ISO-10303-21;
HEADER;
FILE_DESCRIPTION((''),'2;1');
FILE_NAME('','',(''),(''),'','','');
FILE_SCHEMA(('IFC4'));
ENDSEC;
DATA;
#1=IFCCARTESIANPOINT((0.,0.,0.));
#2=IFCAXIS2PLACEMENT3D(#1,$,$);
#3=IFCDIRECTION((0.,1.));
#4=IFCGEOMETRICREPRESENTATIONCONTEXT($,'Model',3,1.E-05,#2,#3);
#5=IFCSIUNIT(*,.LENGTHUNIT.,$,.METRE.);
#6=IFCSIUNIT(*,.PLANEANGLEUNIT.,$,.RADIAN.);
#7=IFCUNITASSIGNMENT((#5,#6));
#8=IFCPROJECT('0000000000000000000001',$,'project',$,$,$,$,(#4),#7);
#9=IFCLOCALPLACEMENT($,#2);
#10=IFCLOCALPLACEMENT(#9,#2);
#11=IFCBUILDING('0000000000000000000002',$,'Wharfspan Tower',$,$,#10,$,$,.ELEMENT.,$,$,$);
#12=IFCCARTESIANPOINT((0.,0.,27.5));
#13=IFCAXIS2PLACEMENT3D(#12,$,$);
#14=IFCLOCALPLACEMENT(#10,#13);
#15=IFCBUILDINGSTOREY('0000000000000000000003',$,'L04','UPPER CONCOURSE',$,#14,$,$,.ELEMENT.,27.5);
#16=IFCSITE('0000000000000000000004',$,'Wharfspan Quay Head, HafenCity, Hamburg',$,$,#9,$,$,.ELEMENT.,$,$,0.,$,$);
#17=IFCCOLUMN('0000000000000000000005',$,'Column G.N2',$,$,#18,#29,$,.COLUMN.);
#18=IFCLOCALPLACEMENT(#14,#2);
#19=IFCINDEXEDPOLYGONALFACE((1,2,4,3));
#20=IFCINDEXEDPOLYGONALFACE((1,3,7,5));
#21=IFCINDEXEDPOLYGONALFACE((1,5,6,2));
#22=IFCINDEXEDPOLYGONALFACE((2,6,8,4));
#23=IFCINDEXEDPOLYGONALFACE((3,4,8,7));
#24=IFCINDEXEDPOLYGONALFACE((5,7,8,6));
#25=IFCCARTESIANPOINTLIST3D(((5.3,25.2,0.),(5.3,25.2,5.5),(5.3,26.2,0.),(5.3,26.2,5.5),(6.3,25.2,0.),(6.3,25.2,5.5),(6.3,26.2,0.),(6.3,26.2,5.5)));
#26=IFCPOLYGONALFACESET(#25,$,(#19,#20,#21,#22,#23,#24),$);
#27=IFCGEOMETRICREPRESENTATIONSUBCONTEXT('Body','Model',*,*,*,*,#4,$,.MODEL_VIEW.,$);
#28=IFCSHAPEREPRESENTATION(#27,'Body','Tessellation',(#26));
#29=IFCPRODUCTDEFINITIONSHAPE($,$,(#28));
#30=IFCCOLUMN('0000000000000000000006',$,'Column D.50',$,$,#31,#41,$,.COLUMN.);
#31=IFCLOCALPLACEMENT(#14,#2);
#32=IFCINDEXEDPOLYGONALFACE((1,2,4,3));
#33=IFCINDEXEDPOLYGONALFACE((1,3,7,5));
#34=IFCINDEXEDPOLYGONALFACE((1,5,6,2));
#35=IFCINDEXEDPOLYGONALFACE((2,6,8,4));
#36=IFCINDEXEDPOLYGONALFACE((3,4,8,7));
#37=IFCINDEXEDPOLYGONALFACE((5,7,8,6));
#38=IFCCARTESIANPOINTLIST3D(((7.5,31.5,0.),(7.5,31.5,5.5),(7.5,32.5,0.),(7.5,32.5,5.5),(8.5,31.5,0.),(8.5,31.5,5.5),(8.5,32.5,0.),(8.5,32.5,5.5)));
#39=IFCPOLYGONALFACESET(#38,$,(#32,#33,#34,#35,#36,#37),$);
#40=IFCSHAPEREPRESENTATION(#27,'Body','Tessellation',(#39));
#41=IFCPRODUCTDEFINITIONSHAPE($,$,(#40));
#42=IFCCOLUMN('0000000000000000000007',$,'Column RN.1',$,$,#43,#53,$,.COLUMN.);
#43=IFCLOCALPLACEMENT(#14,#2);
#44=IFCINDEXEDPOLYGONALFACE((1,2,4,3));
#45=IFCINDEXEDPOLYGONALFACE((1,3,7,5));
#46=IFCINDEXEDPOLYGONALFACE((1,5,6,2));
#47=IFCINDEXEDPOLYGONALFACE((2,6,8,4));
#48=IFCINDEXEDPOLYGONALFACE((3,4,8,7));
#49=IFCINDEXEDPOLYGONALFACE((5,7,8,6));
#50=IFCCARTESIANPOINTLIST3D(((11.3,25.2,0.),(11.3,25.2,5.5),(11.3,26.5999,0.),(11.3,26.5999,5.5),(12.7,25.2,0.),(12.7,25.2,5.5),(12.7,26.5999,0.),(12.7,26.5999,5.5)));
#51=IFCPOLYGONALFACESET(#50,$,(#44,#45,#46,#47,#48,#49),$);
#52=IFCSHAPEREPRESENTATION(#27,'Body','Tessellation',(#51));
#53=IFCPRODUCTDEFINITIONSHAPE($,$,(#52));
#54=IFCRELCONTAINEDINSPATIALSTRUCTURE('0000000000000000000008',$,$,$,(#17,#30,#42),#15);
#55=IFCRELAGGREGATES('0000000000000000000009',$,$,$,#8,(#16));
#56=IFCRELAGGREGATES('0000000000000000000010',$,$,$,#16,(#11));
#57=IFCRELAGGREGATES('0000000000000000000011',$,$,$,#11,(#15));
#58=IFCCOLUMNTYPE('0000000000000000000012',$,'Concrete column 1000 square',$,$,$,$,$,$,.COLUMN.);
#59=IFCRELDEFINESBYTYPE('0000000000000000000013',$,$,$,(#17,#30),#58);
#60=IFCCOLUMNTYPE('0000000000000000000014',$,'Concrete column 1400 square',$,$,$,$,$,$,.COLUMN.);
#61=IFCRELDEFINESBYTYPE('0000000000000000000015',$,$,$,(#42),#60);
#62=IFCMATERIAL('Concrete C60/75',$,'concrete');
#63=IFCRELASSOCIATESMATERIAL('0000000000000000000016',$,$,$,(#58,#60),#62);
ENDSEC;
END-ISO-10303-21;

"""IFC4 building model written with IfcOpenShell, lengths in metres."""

from ifc_helpers import new_model, si_unit, direction, frame, origin, origin_2d, place, context, subcontext, project, spatial, rectangle, extrude, material, material_profile, profile_set, type_object, element, save


model = new_model("IFC4")

# Units and contexts
model_context = context("Model", 3, precision=1e-05, world=origin(), true_north=direction((0.0, 1.0)))
body_context = subcontext(model_context, "Body", "Model", "MODEL_VIEW")
ifc_project = project(units=[si_unit("LENGTHUNIT", "METRE"), si_unit("PLANEANGLEUNIT", "RADIAN")], contexts=[model_context])

# Site, building, storey
site_placement = place(None, origin())
site = spatial("IfcSite", under=ifc_project, at=site_placement, Name="Wharfspan Quay Head, HafenCity, Hamburg", CompositionType="ELEMENT", RefElevation=0.0)
building_placement = place(site_placement, origin())
building = spatial("IfcBuilding", under=site, at=building_placement, Name="Wharfspan Tower", CompositionType="ELEMENT")
storey_placement = place(building_placement, frame((0.0, 0.0, 27.5)))
storey = spatial("IfcBuildingStorey", under=building, at=storey_placement, Name="L04", Description="UPPER CONCOURSE", CompositionType="ELEMENT", Elevation=27.5)

# Columns
ifc_material_1 = material(Name="Concrete C60/75", Category="concrete")
ifc_material_profile_1 = material_profile(ifc_material_1, rectangle(XDim=1.0, YDim=1.0, at=origin_2d()))
ifc_profile_set_1 = profile_set([ifc_material_profile_1], Name="Concrete C60/75")
column_type_1 = type_object("IfcColumnType", Name="Concrete column 1000 square", PredefinedType="COLUMN", material=ifc_profile_set_1)
for number, where, z_axis, x_axis, name in (
    (1, (5.8, 25.7, 0.0), (0.0, 0.0, 1.0), (1.0, 0.0, 0.0), "Column G.N2"),
    (2, (8.0, 32.0, 0.0), (0.0, 0.0, 1.0), (1.0, 0.0, 0.0), "Column D.50"),
):
    element("IfcColumn", number, at=place(storey_placement, frame(where, z_axis=z_axis, x_axis=x_axis)), inside=storey, type_object=column_type_1, Name=name, PredefinedType="COLUMN", context=body_context, shape_type="SweptSolid", body=[
        extrude(rectangle(XDim=1.0, YDim=1.0, at=origin_2d()), origin(), (0.0, 0.0, 1.0), 5.5),
    ])
ifc_material_profile_2 = material_profile(ifc_material_1, rectangle(XDim=1.3999, YDim=1.3999, at=origin_2d()))
ifc_profile_set_2 = profile_set([ifc_material_profile_2], Name="Concrete C60/75")
column_type_2 = type_object("IfcColumnType", Name="Concrete column 1400 square", PredefinedType="COLUMN", material=ifc_profile_set_2)
column_placement = place(storey_placement, frame((12.0, 25.8999, 0.0), z_axis=(0.0, 0.0, 1.0), x_axis=(1.0, 0.0, 0.0)))
element("IfcColumn", 3, at=column_placement, inside=storey, type_object=column_type_2, Name="Column RN.1", PredefinedType="COLUMN", context=body_context, shape_type="SweptSolid", body=[
    extrude(rectangle(XDim=1.3999, YDim=1.3999, at=origin_2d()), origin(), (0.0, 0.0, 1.0), 5.5),
])

save(model, "model.ifc")
